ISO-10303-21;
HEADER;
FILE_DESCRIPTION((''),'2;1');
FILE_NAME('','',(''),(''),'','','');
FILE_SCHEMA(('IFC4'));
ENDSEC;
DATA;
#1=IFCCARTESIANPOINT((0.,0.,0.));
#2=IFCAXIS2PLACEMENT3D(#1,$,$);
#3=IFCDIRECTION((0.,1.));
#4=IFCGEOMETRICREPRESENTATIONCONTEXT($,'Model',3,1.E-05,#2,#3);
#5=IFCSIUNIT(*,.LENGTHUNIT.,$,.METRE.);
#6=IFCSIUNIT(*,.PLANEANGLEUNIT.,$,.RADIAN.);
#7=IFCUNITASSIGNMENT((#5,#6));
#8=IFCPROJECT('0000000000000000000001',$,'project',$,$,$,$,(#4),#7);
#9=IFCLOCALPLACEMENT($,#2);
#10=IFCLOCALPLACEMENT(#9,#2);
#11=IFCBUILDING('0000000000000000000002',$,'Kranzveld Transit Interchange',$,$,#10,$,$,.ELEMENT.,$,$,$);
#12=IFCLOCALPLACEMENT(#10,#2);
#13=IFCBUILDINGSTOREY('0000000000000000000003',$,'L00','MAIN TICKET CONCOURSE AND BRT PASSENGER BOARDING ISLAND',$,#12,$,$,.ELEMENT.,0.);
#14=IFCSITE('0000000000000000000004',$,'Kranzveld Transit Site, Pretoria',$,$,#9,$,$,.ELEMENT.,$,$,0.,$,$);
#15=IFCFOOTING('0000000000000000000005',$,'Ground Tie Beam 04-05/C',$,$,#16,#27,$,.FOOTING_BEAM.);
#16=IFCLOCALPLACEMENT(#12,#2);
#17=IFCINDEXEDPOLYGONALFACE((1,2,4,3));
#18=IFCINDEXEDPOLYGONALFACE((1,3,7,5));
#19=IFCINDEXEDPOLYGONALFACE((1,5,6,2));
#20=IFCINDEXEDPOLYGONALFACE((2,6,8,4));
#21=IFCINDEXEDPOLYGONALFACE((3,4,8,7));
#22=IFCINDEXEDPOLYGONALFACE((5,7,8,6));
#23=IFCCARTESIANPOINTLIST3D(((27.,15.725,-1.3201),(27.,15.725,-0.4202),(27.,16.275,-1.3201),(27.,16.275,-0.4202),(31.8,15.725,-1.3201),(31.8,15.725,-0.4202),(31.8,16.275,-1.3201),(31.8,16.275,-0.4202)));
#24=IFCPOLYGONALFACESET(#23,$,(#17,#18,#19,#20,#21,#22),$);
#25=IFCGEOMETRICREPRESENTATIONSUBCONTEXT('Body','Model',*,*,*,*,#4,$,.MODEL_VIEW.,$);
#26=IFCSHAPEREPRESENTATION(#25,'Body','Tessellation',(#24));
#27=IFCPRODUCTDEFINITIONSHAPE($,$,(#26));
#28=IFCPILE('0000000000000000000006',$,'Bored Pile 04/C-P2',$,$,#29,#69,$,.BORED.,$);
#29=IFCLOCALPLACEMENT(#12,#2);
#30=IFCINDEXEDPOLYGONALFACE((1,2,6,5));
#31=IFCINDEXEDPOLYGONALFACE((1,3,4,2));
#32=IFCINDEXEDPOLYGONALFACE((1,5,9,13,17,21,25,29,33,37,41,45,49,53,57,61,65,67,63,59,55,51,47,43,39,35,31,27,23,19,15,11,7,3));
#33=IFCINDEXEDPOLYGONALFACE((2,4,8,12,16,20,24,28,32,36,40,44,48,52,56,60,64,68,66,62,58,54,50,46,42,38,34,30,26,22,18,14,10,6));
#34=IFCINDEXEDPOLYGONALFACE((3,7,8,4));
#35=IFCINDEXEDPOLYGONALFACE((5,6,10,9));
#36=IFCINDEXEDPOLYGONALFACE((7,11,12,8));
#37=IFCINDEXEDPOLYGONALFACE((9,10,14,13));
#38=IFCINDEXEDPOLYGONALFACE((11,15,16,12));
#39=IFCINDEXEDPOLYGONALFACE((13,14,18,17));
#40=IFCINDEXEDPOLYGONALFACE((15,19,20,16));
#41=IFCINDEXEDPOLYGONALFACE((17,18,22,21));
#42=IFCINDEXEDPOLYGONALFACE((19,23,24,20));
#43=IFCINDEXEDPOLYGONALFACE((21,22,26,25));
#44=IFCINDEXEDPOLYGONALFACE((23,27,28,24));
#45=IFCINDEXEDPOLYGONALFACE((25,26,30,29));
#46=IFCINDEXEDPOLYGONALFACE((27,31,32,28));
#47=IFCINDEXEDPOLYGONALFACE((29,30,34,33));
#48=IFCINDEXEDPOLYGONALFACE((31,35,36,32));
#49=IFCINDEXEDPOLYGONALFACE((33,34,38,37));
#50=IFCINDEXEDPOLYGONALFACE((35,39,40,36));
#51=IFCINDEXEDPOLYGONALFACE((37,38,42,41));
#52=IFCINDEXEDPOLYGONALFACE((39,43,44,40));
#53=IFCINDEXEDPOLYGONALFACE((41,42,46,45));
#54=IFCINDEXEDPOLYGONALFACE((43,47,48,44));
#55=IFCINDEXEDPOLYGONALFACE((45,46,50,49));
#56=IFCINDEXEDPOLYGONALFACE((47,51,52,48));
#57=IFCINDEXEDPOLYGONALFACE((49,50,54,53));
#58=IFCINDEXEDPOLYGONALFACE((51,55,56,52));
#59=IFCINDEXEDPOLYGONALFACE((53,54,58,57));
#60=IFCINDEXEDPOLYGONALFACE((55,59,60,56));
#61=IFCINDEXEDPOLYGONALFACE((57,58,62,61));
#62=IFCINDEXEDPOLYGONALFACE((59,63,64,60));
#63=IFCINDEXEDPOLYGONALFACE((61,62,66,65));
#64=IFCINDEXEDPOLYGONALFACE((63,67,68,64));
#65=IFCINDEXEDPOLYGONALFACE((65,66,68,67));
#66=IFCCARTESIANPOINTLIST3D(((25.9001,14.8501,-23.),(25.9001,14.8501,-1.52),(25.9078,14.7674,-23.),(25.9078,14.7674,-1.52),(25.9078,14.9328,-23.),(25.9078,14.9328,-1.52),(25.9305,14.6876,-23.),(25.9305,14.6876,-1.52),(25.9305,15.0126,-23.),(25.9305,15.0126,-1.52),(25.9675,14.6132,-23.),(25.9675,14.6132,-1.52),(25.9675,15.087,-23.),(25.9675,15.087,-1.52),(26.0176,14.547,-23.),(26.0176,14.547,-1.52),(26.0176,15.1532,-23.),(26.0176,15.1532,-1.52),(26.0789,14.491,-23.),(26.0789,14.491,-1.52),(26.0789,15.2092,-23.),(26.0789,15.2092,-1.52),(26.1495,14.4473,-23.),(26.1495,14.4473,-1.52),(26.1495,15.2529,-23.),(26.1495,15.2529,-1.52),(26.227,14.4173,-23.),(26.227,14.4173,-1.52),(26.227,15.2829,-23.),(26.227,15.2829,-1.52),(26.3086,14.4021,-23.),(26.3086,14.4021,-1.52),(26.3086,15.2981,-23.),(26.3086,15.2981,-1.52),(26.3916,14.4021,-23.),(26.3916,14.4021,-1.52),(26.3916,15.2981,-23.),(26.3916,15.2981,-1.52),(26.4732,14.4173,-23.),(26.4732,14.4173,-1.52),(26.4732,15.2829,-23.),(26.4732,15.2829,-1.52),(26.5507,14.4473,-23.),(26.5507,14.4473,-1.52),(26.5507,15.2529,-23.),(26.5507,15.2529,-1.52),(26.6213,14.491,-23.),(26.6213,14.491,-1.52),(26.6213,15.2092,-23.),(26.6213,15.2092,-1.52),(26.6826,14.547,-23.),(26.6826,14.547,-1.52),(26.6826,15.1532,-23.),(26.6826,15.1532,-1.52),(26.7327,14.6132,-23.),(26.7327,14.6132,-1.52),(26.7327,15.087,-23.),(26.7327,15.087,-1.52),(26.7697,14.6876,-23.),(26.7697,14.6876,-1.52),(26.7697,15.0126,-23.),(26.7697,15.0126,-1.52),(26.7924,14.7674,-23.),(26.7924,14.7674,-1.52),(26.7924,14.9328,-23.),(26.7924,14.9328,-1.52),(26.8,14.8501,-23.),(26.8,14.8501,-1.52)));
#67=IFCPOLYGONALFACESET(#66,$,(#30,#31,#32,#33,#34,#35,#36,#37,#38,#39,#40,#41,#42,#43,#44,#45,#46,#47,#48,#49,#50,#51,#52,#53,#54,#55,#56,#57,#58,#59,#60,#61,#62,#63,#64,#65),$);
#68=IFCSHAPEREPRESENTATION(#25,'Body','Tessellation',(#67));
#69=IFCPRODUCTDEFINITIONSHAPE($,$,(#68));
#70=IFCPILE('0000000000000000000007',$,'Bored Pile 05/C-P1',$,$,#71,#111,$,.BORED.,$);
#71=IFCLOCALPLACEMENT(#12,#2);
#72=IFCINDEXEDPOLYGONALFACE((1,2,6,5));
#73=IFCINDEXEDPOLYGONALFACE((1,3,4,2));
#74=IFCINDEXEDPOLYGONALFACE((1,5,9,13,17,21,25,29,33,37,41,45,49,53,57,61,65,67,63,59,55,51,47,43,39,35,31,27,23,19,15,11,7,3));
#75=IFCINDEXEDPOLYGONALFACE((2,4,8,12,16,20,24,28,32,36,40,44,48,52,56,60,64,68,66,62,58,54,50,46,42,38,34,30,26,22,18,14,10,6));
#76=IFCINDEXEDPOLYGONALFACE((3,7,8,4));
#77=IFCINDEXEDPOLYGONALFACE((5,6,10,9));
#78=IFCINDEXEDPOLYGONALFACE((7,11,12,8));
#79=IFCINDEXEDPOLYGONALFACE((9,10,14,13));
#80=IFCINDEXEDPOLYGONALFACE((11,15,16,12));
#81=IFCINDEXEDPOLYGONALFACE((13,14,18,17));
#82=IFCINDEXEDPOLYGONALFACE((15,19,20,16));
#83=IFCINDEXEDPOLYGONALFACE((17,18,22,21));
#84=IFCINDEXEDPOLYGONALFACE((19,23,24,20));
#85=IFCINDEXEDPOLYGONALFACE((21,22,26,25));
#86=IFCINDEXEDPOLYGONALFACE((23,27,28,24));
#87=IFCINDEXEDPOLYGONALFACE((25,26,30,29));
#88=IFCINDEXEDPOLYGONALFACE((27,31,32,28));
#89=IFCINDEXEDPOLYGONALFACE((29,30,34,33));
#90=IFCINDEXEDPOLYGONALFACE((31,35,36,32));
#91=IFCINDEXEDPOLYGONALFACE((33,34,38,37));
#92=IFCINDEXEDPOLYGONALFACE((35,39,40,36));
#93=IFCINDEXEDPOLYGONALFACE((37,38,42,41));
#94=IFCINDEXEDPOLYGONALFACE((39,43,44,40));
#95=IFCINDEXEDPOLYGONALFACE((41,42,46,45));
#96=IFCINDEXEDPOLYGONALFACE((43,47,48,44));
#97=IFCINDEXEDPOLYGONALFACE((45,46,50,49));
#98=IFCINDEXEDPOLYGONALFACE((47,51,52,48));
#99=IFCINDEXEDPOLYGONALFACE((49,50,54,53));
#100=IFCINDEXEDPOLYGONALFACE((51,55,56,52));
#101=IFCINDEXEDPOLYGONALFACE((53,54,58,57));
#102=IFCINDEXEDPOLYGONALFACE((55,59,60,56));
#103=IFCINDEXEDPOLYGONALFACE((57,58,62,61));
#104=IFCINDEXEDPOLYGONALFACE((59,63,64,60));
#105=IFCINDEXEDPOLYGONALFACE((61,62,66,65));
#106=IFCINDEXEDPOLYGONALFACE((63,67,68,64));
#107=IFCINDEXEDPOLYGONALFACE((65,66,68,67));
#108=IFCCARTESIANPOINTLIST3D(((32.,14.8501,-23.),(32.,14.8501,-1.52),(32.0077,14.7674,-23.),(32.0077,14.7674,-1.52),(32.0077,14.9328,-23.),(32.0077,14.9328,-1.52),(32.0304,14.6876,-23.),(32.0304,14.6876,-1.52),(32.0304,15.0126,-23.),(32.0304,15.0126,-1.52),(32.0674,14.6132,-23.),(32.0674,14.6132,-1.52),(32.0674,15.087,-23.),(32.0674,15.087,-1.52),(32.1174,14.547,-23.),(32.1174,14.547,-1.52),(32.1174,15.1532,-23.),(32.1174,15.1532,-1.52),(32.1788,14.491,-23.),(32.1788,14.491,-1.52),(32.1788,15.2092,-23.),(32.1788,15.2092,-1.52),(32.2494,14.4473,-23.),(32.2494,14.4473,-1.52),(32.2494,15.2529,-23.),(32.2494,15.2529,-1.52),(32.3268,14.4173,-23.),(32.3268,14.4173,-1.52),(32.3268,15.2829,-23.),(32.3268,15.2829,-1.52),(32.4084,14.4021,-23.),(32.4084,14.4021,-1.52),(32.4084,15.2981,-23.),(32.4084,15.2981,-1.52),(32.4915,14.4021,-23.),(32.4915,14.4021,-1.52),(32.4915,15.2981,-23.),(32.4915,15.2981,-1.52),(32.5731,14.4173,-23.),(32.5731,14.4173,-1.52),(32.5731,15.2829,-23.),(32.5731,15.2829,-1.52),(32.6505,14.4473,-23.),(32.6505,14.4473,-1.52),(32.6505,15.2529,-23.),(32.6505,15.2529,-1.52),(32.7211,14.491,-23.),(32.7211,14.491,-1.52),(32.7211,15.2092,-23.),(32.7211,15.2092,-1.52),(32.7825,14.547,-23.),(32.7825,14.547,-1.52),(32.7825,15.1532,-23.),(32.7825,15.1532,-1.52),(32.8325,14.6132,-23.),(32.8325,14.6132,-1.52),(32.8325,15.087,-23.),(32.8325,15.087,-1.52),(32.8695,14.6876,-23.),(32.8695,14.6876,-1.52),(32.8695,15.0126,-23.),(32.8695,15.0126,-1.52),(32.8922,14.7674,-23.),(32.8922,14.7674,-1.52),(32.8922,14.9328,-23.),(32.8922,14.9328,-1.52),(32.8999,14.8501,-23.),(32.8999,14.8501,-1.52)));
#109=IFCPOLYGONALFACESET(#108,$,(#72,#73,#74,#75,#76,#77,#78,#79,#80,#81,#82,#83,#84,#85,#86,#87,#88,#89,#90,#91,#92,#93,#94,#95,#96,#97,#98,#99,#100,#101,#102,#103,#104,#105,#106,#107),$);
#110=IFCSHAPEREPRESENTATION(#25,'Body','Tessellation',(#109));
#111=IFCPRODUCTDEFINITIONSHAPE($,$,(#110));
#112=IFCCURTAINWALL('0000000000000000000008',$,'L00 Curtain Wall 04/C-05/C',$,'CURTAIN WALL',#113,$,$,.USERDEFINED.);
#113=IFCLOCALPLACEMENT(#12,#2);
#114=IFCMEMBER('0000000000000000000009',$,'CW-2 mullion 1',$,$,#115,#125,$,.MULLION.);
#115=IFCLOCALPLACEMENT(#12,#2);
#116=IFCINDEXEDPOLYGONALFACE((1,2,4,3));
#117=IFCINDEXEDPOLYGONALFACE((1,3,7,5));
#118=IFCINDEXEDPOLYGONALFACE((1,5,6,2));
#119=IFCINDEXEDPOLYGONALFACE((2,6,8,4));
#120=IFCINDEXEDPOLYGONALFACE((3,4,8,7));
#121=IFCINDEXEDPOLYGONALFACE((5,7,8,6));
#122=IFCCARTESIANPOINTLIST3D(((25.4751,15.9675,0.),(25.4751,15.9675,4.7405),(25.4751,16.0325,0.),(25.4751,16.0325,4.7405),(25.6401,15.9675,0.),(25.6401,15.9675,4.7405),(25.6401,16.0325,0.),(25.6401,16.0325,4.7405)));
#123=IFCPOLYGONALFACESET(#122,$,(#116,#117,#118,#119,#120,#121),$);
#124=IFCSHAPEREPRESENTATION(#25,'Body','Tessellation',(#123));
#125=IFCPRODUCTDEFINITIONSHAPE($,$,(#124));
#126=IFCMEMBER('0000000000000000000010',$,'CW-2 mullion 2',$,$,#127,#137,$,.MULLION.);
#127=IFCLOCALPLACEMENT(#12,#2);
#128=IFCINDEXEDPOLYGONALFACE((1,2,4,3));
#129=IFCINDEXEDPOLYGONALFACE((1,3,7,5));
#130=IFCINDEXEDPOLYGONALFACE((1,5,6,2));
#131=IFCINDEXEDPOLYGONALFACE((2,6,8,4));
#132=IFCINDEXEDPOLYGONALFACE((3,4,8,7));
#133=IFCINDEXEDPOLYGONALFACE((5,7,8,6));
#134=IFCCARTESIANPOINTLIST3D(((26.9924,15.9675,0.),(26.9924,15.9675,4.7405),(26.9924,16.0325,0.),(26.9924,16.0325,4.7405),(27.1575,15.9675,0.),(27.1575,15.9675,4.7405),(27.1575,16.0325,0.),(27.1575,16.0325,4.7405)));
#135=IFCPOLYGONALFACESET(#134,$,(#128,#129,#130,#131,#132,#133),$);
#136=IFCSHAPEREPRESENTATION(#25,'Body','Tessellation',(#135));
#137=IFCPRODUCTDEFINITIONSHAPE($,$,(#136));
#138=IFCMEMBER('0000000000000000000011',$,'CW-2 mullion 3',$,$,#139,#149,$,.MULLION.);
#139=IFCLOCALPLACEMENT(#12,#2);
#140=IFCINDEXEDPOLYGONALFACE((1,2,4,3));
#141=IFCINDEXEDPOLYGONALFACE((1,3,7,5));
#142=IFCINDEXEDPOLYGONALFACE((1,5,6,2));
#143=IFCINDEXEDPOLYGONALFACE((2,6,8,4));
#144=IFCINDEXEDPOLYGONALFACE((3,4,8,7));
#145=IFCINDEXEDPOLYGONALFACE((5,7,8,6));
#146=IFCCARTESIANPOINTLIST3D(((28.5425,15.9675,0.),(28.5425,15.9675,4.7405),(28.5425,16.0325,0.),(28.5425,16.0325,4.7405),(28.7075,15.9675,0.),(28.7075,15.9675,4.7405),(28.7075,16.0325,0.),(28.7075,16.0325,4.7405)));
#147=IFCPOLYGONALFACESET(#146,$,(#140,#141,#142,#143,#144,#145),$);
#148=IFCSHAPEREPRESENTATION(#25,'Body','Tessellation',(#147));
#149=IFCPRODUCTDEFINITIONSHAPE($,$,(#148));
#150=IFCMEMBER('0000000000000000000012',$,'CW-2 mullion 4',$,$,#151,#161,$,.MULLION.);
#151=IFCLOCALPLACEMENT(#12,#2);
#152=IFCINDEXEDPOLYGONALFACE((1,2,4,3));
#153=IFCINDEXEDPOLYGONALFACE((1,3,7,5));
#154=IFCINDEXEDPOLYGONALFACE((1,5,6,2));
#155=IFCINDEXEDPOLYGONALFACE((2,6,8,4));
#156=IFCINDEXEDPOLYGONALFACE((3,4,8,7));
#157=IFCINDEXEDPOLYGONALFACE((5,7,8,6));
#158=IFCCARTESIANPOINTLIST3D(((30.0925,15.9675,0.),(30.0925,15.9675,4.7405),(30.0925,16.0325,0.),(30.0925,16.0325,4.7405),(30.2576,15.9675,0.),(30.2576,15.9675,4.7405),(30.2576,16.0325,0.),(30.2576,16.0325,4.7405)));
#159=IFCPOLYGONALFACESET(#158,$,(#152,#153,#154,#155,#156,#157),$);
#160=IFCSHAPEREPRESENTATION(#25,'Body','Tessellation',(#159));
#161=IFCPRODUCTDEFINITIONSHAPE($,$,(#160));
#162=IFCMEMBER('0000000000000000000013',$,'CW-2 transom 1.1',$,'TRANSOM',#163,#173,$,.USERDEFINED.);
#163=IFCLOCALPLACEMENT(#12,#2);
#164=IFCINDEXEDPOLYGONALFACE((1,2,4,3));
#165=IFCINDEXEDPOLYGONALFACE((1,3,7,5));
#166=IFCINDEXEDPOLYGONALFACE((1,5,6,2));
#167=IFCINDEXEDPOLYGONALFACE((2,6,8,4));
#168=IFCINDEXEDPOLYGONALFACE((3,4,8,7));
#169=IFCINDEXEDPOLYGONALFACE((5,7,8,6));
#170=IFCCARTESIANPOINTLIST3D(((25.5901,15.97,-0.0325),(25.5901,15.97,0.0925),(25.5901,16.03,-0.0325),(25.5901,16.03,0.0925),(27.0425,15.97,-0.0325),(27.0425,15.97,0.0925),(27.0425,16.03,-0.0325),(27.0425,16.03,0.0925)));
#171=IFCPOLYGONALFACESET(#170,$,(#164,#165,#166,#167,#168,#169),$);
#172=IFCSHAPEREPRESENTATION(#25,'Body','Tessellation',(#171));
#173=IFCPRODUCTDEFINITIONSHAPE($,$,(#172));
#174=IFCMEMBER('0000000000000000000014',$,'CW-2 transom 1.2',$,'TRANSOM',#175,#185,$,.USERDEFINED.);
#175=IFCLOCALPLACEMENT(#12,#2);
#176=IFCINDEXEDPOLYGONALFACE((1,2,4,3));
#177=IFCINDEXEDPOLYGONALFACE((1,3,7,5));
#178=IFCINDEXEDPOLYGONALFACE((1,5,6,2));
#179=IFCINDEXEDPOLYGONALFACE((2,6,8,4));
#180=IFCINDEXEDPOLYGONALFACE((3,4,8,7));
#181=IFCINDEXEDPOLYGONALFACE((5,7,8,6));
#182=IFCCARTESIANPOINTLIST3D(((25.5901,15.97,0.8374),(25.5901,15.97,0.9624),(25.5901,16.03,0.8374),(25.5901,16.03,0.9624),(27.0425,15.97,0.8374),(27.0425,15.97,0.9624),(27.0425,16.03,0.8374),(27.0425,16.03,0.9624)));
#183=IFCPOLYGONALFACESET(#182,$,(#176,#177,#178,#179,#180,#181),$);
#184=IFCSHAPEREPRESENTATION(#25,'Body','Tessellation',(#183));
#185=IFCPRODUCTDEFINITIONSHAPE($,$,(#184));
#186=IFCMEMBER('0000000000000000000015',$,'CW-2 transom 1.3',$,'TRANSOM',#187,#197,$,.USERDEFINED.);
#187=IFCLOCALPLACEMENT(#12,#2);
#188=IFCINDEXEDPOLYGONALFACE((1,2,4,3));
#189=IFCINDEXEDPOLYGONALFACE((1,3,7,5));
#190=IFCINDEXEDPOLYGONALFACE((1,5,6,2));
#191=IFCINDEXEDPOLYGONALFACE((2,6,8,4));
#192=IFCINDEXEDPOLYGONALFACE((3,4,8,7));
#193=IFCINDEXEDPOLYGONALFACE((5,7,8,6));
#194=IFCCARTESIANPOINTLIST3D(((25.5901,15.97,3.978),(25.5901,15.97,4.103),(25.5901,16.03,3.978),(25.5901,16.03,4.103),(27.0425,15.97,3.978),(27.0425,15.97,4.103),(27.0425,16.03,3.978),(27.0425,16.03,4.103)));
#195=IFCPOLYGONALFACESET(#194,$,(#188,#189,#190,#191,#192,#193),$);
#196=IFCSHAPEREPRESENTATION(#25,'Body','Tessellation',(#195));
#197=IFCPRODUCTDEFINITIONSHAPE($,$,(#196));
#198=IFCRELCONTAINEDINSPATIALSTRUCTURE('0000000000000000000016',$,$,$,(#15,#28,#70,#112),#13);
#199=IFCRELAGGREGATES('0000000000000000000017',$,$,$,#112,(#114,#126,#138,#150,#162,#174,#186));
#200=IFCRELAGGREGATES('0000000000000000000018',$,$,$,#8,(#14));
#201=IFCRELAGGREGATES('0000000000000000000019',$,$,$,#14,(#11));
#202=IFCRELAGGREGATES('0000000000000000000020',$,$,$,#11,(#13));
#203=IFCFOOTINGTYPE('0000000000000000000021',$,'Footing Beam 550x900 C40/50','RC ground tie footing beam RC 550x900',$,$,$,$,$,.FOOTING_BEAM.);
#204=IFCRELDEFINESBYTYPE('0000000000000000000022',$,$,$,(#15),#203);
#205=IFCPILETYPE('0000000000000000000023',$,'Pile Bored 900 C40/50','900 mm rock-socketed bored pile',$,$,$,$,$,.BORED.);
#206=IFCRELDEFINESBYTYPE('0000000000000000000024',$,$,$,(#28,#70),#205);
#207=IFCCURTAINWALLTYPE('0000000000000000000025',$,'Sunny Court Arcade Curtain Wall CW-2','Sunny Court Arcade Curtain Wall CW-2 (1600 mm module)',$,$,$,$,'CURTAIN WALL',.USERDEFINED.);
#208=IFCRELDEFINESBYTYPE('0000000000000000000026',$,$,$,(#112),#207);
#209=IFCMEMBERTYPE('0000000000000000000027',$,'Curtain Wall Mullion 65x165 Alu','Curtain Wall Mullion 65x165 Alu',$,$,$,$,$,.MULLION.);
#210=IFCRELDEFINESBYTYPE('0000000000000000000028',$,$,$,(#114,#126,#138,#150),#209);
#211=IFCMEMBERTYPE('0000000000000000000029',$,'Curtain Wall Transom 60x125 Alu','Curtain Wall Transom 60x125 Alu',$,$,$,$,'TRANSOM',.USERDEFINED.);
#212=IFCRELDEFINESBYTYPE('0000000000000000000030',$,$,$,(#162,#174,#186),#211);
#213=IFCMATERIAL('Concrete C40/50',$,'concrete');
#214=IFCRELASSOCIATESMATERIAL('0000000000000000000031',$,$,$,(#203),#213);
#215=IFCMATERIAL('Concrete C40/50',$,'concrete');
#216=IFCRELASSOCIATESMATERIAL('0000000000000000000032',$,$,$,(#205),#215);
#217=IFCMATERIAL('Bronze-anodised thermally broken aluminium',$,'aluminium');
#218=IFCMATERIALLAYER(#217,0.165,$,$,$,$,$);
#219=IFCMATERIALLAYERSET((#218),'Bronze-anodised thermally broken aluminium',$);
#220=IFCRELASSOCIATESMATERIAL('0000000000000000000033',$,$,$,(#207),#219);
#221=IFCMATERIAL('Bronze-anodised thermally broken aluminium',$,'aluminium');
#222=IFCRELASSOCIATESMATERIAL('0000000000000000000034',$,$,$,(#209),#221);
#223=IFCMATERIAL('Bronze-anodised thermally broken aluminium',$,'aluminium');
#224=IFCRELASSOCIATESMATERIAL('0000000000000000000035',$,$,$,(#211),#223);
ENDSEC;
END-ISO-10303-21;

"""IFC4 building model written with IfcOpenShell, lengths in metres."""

from ifc_helpers import new_model, si_unit, direction, frame, origin, origin_2d, place, context, subcontext, project, spatial, rectangle, circle, extrude, material, layer, layer_set, material_profile, profile_set, type_object, element, aggregate, save


model = new_model("IFC4")

# Units and contexts
model_context = context("Model", 3, precision=1e-05, world=origin(), true_north=direction((0.0, 1.0)))
body_context = subcontext(model_context, "Body", "Model", "MODEL_VIEW")
ifc_project = project(units=[si_unit("LENGTHUNIT", "METRE"), si_unit("PLANEANGLEUNIT", "RADIAN")], contexts=[model_context])

# Site, building, storey
site_placement = place(None, origin())
site = spatial("IfcSite", under=ifc_project, at=site_placement, Name="Kranzveld Transit Site, Pretoria", CompositionType="ELEMENT", RefElevation=0.0)
building_placement = place(site_placement, origin())
building = spatial("IfcBuilding", under=site, at=building_placement, Name="Kranzveld Transit Interchange", CompositionType="ELEMENT")
storey_placement = place(building_placement, origin())
storey = spatial("IfcBuildingStorey", under=building, at=storey_placement, Name="L00", Description="MAIN TICKET CONCOURSE AND BRT PASSENGER BOARDING ISLAND", CompositionType="ELEMENT", Elevation=0.0)

# Footing
ifc_material_1 = material(Name="Concrete C40/50", Category="concrete")
ifc_material_profile_1 = material_profile(ifc_material_1, rectangle(XDim=0.55, YDim=0.8999, at=origin_2d()), Name="RC 550x900")
ifc_profile_set_1 = profile_set([ifc_material_profile_1], Name="Concrete C40/50")
footing_type = type_object("IfcFootingType", Name="Footing Beam 550x900 C40/50", Description="RC ground tie footing beam RC 550x900", PredefinedType="FOOTING_BEAM", material=ifc_profile_set_1)
footing_placement = place(storey_placement, frame((27.0, 16.0, -0.8701), z_axis=(1.0, 0.0, 0.0), x_axis=(0.0, 1.0, 0.0)))
element("IfcFooting", 1, at=footing_placement, inside=storey, type_object=footing_type, Name="Ground Tie Beam 04-05/C", PredefinedType="FOOTING_BEAM", context=body_context, shape_type="SweptSolid", body=[
    extrude(rectangle(XDim=0.55, YDim=0.8999, at=origin_2d()), origin(), (0.0, 0.0, 1.0), 4.8),
])

# Piles
ifc_material_2 = material(Name="Concrete C40/50", Category="concrete")
ifc_material_profile_2 = material_profile(ifc_material_2, circle(Radius=0.45, at=origin_2d()), Name="BORED PILE 900")
ifc_profile_set_2 = profile_set([ifc_material_profile_2], Name="Concrete C40/50")
pile_type = type_object("IfcPileType", Name="Pile Bored 900 C40/50", Description="900 mm rock-socketed bored pile", PredefinedType="BORED", material=ifc_profile_set_2)
for number, where, z_axis, x_axis, name in (
    (2, (26.3501, 14.8501, -1.52), (0.0, 0.0, -1.0), (1.0, 0.0, 0.0), "Bored Pile 04/C-P2"),
    (3, (32.45, 14.8501, -1.52), (0.0, 0.0, -1.0), (1.0, 0.0, 0.0), "Bored Pile 05/C-P1"),
):
    element("IfcPile", number, at=place(storey_placement, frame(where, z_axis=z_axis, x_axis=x_axis)), inside=storey, type_object=pile_type, Name=name, PredefinedType="BORED", context=body_context, shape_type="SweptSolid", body=[
        extrude(circle(Radius=0.45, at=origin_2d()), origin(), (0.0, 0.0, 1.0), 21.48),
    ])

# Curtain wall, members
ifc_material_3 = material(Name="Bronze-anodised thermally broken aluminium", Category="aluminium")
ifc_layer_1 = layer(ifc_material_3, 0.165)
ifc_layer_set_1 = layer_set([ifc_layer_1], Name="Bronze-anodised thermally broken aluminium")
curtain_wall_type = type_object("IfcCurtainWallType", Name="Sunny Court Arcade Curtain Wall CW-2", Description="Sunny Court Arcade Curtain Wall CW-2 (1600 mm module)", ElementType="CURTAIN WALL", PredefinedType="USERDEFINED", material=ifc_layer_set_1)
curtain_wall_placement = place(storey_placement, origin())
curtain_wall = element("IfcCurtainWall", 4, at=curtain_wall_placement, inside=storey, type_object=curtain_wall_type, Name="L00 Curtain Wall 04/C-05/C", ObjectType="CURTAIN WALL", PredefinedType="USERDEFINED")
ifc_material_4 = material(Name="Bronze-anodised thermally broken aluminium", Category="aluminium")
ifc_material_profile_3 = material_profile(ifc_material_4, rectangle(XDim=0.0649, YDim=0.165, at=origin_2d()), Name="ALU MULLION 65x165")
ifc_profile_set_3 = profile_set([ifc_material_profile_3], Name="Bronze-anodised thermally broken aluminium")
member_type_1 = type_object("IfcMemberType", Name="Curtain Wall Mullion 65x165 Alu", Description="Curtain Wall Mullion 65x165 Alu", PredefinedType="MULLION", material=ifc_profile_set_3)
member_1_placement = place(storey_placement, frame((25.5576, 16.0, 0.0), z_axis=(0.0, 0.0, 1.0), x_axis=(0.0, 1.0, 0.0)))
member_1 = element("IfcMember", 5, at=member_1_placement, type_object=member_type_1, Name="CW-2 mullion 1", PredefinedType="MULLION", context=body_context, shape_type="SweptSolid", body=[
    extrude(rectangle(XDim=0.0649, YDim=0.165, at=origin_2d()), origin(), (0.0, 0.0, 1.0), 4.7405),
])
member_2_placement = place(storey_placement, frame((27.075, 16.0, 0.0), z_axis=(0.0, 0.0, 1.0), x_axis=(0.0, 1.0, 0.0)))
member_2 = element("IfcMember", 6, at=member_2_placement, type_object=member_type_1, Name="CW-2 mullion 2", PredefinedType="MULLION", context=body_context, shape_type="SweptSolid", body=[
    extrude(rectangle(XDim=0.0649, YDim=0.165, at=origin_2d()), origin(), (0.0, 0.0, 1.0), 4.7405),
])
member_3_placement = place(storey_placement, frame((28.625, 16.0, 0.0), z_axis=(0.0, 0.0, 1.0), x_axis=(0.0, 1.0, 0.0)))
member_3 = element("IfcMember", 7, at=member_3_placement, type_object=member_type_1, Name="CW-2 mullion 3", PredefinedType="MULLION", context=body_context, shape_type="SweptSolid", body=[
    extrude(rectangle(XDim=0.0649, YDim=0.165, at=origin_2d()), origin(), (0.0, 0.0, 1.0), 4.7405),
])
member_4_placement = place(storey_placement, frame((30.175, 16.0, 0.0), z_axis=(0.0, 0.0, 1.0), x_axis=(0.0, 1.0, 0.0)))
member_4 = element("IfcMember", 8, at=member_4_placement, type_object=member_type_1, Name="CW-2 mullion 4", PredefinedType="MULLION", context=body_context, shape_type="SweptSolid", body=[
    extrude(rectangle(XDim=0.0649, YDim=0.165, at=origin_2d()), origin(), (0.0, 0.0, 1.0), 4.7405),
])
ifc_material_5 = material(Name="Bronze-anodised thermally broken aluminium", Category="aluminium")
ifc_material_profile_4 = material_profile(ifc_material_5, rectangle(XDim=0.0601, YDim=0.125, at=origin_2d()), Name="ALU TRANSOM 60x125")
ifc_profile_set_4 = profile_set([ifc_material_profile_4], Name="Bronze-anodised thermally broken aluminium")
member_type_2 = type_object("IfcMemberType", Name="Curtain Wall Transom 60x125 Alu", Description="Curtain Wall Transom 60x125 Alu", ElementType="TRANSOM", PredefinedType="USERDEFINED", material=ifc_profile_set_4)
member_5_placement = place(storey_placement, frame((25.5901, 16.0, 0.03), z_axis=(1.0, 0.0, 0.0), x_axis=(0.0, 1.0, 0.0)))
member_5 = element("IfcMember", 9, at=member_5_placement, type_object=member_type_2, Name="CW-2 transom 1.1", ObjectType="TRANSOM", PredefinedType="USERDEFINED", context=body_context, shape_type="SweptSolid", body=[
    extrude(rectangle(XDim=0.0601, YDim=0.125, at=origin_2d()), origin(), (0.0, 0.0, 1.0), 1.4524),
])
member_6_placement = place(storey_placement, frame((25.5901, 16.0, 0.8999), z_axis=(1.0, 0.0, 0.0), x_axis=(0.0, 1.0, 0.0)))
member_6 = element("IfcMember", 10, at=member_6_placement, type_object=member_type_2, Name="CW-2 transom 1.2", ObjectType="TRANSOM", PredefinedType="USERDEFINED", context=body_context, shape_type="SweptSolid", body=[
    extrude(rectangle(XDim=0.0601, YDim=0.125, at=origin_2d()), origin(), (0.0, 0.0, 1.0), 1.4524),
])
member_7_placement = place(storey_placement, frame((25.5901, 16.0, 4.0405), z_axis=(1.0, 0.0, 0.0), x_axis=(0.0, 1.0, 0.0)))
member_7 = element("IfcMember", 11, at=member_7_placement, type_object=member_type_2, Name="CW-2 transom 1.3", ObjectType="TRANSOM", PredefinedType="USERDEFINED", context=body_context, shape_type="SweptSolid", body=[
    extrude(rectangle(XDim=0.0601, YDim=0.125, at=origin_2d()), origin(), (0.0, 0.0, 1.0), 1.4524),
])
aggregate(curtain_wall, [member_1, member_2, member_3, member_4, member_5, member_6, member_7])

save(model, "model.ifc")
